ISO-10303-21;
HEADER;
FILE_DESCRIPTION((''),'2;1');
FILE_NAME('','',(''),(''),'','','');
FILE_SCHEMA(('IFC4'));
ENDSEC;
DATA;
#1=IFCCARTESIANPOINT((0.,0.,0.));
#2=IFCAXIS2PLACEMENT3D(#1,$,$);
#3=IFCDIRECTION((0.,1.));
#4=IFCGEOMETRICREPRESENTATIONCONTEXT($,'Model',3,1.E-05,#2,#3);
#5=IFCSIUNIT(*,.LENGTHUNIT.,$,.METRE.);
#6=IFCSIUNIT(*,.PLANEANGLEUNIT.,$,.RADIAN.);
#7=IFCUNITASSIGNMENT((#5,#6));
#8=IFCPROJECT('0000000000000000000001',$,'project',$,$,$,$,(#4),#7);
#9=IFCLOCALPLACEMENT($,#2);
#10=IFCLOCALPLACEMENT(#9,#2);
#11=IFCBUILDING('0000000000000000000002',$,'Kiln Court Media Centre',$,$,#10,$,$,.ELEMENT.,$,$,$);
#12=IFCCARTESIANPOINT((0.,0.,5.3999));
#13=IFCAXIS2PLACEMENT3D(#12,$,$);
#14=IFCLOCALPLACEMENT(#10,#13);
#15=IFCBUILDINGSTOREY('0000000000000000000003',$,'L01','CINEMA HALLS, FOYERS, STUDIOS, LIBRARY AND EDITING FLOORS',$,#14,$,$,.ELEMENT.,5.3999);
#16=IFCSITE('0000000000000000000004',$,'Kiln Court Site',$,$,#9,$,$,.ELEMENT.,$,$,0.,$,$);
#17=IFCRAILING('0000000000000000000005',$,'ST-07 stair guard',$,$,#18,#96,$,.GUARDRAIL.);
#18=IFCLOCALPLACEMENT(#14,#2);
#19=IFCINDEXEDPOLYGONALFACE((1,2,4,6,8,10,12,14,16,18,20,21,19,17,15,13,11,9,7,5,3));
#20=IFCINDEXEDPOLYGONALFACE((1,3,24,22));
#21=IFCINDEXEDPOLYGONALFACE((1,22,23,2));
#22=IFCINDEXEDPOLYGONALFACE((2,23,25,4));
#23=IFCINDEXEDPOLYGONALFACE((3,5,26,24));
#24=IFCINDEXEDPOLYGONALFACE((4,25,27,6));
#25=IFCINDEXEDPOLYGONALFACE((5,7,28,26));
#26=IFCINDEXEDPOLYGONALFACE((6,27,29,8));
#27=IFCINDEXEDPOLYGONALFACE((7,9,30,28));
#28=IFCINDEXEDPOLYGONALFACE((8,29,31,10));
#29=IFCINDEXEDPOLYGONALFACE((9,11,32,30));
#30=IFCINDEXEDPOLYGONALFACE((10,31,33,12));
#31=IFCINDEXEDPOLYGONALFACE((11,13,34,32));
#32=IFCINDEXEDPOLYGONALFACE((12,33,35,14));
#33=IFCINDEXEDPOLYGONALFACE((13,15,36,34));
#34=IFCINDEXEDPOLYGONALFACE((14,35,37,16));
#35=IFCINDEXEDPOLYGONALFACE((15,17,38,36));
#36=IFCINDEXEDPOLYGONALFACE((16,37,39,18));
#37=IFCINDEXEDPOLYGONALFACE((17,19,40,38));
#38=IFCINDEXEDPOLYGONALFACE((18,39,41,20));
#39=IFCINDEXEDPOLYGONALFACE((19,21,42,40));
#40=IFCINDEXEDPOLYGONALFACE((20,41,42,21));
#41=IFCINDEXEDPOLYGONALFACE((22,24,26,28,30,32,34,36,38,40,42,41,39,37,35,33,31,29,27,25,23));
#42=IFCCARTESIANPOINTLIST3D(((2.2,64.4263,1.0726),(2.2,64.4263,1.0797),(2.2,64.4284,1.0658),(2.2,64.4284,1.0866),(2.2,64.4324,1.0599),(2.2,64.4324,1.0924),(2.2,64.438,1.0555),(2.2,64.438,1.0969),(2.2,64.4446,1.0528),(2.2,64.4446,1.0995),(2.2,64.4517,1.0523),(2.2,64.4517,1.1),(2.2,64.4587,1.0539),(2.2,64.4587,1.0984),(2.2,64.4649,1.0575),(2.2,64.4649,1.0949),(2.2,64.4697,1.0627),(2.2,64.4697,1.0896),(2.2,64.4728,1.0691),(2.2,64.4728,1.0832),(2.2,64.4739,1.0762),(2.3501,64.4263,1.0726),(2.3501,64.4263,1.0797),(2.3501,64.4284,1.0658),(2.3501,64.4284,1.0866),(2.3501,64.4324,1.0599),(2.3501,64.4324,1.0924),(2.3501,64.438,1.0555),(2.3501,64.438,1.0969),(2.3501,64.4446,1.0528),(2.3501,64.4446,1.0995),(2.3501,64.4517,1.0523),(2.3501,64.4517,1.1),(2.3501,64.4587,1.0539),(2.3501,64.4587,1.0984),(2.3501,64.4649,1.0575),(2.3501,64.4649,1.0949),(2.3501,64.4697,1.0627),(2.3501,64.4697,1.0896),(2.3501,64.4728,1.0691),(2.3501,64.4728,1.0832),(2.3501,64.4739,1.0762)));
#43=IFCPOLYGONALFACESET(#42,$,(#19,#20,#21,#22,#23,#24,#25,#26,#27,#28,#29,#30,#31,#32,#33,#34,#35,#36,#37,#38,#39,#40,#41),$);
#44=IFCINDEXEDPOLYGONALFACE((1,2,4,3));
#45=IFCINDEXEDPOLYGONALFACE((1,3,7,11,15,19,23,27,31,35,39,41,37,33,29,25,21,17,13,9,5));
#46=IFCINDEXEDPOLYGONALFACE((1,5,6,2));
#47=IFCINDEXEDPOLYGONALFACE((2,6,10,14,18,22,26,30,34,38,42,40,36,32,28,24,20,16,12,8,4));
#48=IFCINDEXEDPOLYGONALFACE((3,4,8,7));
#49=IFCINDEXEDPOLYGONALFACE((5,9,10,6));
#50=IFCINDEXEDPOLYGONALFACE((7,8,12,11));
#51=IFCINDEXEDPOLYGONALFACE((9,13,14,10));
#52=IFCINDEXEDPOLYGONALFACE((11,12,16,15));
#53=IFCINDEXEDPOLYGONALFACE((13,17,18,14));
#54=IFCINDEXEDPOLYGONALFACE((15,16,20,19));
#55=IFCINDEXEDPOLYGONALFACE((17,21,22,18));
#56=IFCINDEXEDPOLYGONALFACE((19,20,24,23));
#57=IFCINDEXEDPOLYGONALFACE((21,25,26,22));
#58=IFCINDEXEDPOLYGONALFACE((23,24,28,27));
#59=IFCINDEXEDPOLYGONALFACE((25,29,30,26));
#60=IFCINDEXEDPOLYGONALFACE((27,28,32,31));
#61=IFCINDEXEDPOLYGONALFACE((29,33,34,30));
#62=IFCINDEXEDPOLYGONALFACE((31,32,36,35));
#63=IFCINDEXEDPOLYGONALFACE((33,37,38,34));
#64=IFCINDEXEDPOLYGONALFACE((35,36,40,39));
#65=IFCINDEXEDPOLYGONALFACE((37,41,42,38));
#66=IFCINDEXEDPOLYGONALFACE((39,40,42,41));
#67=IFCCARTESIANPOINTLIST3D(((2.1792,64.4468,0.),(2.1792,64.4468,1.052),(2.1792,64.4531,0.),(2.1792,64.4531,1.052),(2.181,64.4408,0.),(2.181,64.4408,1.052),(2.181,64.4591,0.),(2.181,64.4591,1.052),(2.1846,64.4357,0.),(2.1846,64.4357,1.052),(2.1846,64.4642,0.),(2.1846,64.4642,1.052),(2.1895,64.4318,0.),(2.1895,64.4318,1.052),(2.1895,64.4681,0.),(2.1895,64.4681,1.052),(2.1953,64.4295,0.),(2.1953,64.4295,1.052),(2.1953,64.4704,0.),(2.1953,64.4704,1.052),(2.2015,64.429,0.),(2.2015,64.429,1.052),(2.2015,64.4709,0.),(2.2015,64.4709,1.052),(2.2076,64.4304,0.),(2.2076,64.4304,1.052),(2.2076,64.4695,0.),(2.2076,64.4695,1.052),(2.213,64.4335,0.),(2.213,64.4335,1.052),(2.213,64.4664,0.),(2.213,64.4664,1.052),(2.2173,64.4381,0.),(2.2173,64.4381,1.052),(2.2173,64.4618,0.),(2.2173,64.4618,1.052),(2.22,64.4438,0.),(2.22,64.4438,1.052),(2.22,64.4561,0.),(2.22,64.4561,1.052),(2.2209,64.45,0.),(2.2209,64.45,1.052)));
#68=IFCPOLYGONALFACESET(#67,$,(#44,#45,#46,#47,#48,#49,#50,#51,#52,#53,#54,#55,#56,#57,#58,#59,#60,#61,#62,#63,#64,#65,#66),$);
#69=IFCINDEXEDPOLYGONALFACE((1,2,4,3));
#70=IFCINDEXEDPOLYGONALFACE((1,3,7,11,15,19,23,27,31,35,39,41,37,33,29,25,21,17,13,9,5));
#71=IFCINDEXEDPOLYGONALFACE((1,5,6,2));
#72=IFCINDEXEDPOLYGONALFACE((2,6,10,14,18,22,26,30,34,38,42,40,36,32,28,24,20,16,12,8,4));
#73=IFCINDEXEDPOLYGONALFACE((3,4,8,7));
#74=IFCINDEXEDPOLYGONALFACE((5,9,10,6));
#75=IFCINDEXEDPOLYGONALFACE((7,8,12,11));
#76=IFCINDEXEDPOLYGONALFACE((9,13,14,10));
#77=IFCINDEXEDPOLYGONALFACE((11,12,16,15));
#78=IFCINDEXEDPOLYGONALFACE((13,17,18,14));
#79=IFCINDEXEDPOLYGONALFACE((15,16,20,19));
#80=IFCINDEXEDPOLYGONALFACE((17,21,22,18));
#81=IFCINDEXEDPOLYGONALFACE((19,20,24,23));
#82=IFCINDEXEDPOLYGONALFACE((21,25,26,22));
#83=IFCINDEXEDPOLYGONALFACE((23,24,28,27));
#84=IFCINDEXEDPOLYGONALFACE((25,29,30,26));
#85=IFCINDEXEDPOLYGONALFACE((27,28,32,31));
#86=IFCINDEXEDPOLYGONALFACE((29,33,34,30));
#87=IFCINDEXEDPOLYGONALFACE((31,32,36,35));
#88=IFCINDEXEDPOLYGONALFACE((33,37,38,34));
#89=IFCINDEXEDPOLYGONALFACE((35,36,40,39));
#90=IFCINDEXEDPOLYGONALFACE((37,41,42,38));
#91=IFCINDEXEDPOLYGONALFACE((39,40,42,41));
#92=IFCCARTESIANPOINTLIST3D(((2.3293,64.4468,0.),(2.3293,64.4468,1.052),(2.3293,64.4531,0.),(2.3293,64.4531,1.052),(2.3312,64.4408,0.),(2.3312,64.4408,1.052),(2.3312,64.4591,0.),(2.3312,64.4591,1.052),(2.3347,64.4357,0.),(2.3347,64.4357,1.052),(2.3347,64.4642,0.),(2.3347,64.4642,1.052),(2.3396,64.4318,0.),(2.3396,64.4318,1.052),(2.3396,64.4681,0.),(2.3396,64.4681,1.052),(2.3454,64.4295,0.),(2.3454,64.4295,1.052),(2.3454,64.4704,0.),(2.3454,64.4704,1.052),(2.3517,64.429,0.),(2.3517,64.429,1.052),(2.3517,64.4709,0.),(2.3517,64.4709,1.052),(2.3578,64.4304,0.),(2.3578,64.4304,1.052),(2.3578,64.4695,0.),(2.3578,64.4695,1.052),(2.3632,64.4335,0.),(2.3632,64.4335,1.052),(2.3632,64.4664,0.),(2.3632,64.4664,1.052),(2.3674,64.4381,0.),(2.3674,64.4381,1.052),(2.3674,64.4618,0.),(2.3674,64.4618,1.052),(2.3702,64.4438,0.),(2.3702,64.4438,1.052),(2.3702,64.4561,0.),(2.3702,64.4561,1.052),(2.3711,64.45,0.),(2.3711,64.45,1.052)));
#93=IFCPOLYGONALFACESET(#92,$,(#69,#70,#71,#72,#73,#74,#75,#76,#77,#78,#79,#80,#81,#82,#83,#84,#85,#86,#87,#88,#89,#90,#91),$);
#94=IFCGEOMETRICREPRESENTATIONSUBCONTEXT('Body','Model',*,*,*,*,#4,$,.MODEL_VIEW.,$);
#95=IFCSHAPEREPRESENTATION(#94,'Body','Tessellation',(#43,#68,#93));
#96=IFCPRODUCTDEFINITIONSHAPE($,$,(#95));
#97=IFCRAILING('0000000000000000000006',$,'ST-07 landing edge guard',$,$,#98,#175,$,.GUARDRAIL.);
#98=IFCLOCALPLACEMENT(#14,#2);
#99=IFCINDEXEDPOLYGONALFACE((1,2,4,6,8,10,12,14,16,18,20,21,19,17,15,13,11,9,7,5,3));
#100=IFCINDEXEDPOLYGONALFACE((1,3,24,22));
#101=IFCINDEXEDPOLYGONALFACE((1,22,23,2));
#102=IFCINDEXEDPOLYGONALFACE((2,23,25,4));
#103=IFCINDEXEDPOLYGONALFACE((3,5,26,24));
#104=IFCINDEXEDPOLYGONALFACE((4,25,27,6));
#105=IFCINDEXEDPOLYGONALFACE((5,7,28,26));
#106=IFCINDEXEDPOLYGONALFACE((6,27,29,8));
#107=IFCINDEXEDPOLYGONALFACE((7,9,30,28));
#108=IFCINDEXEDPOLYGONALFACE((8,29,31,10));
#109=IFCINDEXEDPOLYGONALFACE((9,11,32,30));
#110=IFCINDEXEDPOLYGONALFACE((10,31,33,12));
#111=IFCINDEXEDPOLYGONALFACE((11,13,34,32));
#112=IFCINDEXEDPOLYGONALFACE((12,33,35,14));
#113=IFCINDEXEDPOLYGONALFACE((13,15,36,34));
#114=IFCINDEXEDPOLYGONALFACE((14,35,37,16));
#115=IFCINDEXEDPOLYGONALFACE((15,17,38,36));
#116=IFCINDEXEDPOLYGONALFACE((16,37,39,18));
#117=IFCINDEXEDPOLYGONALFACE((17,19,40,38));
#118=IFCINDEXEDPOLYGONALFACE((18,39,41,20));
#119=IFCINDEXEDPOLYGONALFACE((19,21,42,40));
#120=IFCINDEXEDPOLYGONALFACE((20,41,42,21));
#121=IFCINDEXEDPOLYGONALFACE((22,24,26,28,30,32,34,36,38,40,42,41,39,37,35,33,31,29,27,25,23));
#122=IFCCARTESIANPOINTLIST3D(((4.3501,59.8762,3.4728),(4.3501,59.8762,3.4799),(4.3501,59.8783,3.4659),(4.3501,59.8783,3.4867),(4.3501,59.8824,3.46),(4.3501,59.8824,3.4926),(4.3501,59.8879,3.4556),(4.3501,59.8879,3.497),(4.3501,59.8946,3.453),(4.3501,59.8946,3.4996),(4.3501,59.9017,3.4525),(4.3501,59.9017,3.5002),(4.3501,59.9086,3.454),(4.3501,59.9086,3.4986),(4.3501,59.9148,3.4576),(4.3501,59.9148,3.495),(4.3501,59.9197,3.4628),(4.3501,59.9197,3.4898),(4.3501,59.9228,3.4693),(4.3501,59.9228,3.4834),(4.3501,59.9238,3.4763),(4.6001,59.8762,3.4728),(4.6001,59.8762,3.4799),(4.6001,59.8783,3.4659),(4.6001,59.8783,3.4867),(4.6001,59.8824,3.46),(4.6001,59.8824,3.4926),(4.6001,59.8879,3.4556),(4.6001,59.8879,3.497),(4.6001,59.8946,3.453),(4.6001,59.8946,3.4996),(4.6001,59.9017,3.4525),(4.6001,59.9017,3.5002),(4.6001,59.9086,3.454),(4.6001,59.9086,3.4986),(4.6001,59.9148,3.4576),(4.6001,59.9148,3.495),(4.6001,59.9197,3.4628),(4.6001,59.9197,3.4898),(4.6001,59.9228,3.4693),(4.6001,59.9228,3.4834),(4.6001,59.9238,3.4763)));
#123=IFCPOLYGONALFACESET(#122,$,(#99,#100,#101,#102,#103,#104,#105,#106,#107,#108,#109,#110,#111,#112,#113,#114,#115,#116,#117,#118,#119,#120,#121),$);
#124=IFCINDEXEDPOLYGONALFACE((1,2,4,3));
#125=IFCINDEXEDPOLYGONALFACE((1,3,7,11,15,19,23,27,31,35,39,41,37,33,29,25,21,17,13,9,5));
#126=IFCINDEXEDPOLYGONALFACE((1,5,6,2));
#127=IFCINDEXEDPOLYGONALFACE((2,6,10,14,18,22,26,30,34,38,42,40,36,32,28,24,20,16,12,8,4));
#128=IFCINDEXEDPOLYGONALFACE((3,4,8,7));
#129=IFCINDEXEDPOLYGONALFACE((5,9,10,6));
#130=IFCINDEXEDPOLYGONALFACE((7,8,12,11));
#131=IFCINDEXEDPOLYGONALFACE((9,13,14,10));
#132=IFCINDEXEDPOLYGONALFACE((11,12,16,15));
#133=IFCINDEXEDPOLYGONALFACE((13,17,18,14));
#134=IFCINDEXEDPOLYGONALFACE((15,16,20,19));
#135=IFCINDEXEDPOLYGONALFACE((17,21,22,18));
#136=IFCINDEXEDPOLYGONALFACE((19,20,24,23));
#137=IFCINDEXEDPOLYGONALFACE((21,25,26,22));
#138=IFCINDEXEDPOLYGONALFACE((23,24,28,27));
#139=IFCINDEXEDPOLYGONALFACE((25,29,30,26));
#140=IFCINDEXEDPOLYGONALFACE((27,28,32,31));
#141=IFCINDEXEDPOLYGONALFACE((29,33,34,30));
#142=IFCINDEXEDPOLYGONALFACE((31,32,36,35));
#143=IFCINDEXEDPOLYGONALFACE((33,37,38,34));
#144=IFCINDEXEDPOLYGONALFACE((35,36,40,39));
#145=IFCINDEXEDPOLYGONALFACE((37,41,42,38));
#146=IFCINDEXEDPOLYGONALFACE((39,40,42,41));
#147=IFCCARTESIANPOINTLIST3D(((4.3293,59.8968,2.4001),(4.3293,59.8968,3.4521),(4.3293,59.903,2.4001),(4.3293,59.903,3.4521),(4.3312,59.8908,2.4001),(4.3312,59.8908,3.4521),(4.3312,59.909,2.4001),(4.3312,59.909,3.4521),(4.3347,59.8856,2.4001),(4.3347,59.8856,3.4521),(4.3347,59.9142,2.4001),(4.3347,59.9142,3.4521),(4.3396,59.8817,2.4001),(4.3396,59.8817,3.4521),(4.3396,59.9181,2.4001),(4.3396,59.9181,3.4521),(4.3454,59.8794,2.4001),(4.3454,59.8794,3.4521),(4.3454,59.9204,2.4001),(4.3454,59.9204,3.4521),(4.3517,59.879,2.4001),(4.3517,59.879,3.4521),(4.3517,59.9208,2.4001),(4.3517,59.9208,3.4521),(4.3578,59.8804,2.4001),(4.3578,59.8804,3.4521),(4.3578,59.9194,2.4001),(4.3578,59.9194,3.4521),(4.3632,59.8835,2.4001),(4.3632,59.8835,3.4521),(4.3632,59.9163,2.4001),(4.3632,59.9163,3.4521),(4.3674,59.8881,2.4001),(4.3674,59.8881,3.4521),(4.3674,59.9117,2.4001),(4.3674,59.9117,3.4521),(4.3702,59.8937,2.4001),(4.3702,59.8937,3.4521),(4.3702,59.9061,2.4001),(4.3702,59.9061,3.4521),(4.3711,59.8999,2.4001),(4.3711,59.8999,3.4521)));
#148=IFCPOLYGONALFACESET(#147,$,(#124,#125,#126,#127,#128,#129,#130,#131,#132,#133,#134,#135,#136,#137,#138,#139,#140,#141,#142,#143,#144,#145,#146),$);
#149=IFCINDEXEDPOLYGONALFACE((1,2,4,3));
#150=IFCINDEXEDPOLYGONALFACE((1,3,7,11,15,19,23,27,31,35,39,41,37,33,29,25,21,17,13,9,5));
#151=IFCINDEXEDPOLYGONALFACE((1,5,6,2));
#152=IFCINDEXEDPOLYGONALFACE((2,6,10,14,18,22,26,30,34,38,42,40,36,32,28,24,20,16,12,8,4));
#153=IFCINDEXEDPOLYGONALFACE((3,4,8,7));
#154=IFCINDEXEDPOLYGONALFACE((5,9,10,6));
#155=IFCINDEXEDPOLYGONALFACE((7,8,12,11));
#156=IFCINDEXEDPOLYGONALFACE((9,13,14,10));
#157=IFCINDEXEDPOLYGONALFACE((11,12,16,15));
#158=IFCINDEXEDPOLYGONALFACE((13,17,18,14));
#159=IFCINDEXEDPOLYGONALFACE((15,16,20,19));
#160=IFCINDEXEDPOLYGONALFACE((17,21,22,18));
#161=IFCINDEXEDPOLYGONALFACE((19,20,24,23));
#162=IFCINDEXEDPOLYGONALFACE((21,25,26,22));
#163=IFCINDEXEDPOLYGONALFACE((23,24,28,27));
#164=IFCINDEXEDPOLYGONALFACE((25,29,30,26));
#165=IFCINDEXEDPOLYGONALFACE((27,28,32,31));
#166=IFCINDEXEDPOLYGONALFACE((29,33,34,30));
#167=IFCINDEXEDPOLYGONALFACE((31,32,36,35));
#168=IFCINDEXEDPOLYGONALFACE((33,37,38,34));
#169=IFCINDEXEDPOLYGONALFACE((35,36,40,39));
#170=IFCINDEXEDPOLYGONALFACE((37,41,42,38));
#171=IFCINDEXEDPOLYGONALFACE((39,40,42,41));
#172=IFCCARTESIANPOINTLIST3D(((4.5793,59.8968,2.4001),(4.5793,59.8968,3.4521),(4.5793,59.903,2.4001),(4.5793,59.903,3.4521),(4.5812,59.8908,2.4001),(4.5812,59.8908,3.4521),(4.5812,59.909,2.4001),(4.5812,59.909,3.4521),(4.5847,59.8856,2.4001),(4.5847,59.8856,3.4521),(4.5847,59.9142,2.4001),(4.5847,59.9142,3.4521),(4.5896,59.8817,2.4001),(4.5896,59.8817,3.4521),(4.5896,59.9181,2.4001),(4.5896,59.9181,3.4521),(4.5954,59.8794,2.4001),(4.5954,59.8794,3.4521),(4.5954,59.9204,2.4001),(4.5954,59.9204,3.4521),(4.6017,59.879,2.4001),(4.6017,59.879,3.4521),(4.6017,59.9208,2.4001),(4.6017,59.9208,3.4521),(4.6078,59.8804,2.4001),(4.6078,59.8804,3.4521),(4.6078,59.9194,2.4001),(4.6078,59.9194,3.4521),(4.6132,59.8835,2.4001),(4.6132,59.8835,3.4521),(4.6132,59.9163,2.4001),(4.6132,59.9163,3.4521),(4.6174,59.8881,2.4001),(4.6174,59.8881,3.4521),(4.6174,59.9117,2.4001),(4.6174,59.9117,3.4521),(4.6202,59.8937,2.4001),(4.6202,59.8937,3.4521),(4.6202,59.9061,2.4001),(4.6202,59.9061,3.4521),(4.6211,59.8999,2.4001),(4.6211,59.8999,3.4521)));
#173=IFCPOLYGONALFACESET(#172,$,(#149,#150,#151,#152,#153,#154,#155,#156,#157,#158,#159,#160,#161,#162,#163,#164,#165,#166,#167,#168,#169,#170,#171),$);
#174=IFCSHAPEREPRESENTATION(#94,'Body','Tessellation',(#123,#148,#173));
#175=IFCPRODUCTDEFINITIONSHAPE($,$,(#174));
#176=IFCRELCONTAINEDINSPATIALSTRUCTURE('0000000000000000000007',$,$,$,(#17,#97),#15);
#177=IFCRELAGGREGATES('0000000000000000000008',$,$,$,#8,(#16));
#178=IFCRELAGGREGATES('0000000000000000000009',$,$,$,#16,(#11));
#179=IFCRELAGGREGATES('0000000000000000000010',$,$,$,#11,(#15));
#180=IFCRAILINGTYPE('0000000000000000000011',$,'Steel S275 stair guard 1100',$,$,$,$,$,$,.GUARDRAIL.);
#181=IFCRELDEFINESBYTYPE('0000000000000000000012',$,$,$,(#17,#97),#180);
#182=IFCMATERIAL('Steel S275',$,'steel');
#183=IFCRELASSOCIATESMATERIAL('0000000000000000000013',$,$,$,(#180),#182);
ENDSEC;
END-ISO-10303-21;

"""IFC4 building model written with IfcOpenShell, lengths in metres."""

from ifc_helpers import new_model, si_unit, direction, frame, origin, origin_2d, place, context, subcontext, project, spatial, circle, extrude, material, type_object, element, save


model = new_model("IFC4")

# Units and contexts
model_context = context("Model", 3, precision=1e-05, world=origin(), true_north=direction((0.0, 1.0)))
body_context = subcontext(model_context, "Body", "Model", "MODEL_VIEW")
ifc_project = project(units=[si_unit("LENGTHUNIT", "METRE"), si_unit("PLANEANGLEUNIT", "RADIAN")], contexts=[model_context])

# Site, building, storey
site_placement = place(None, origin())
site = spatial("IfcSite", under=ifc_project, at=site_placement, Name="Kiln Court Site", CompositionType="ELEMENT", RefElevation=0.0)
building_placement = place(site_placement, origin())
building = spatial("IfcBuilding", under=site, at=building_placement, Name="Kiln Court Media Centre", CompositionType="ELEMENT")
storey_placement = place(building_placement, frame((0.0, 0.0, 5.3999)))
storey = spatial("IfcBuildingStorey", under=building, at=storey_placement, Name="L01", Description="CINEMA HALLS, FOYERS, STUDIOS, LIBRARY AND EDITING FLOORS", CompositionType="ELEMENT", Elevation=5.3999)

# Railings
ifc_material_1 = material(Name="Steel S275", Category="steel")
railing_type_1 = type_object("IfcRailingType", Name="Steel S275 stair guard 1100", PredefinedType="GUARDRAIL", material=ifc_material_1)
railing_1_placement = place(storey_placement, frame((2.2, 64.45, 0.0)))
element("IfcRailing", 1, at=railing_1_placement, inside=storey, type_object=railing_type_1, Name="ST-07 stair guard", PredefinedType="GUARDRAIL", context=body_context, shape_type="SweptSolid", body=[
    extrude(circle(Radius=0.0239, at=origin_2d()), frame((0.0, 0.0, 1.0762), z_axis=(1.0, 0.0, 0.0), x_axis=(0.0, 1.0, 0.0)), (0.0, 0.0, 1.0), 0.1501),
    extrude(circle(Radius=0.021, at=origin_2d()), origin(), (0.0, 0.0, 1.0), 1.052),
    extrude(circle(Radius=0.021, at=origin_2d()), frame((0.1501, 0.0, 0.0)), (0.0, 0.0, 1.0), 1.052),
])
for number, where, name in (
    (2, (4.3501, 59.8999, 2.4001), "ST-07 landing edge guard"),
):
    element("IfcRailing", number, at=place(storey_placement, frame(where)), inside=storey, type_object=railing_type_1, Name=name, PredefinedType="GUARDRAIL", context=body_context, shape_type="SweptSolid", body=[
        extrude(circle(Radius=0.0239, at=origin_2d()), frame((0.0, 0.0, 1.0762), z_axis=(1.0, 0.0, 0.0), x_axis=(0.0, 1.0, 0.0)), (0.0, 0.0, 1.0), 0.25),
        extrude(circle(Radius=0.021, at=origin_2d()), origin(), (0.0, 0.0, 1.0), 1.052),
        extrude(circle(Radius=0.021, at=origin_2d()), frame((0.25, 0.0, 0.0)), (0.0, 0.0, 1.0), 1.052),
    ])

save(model, "model.ifc")
